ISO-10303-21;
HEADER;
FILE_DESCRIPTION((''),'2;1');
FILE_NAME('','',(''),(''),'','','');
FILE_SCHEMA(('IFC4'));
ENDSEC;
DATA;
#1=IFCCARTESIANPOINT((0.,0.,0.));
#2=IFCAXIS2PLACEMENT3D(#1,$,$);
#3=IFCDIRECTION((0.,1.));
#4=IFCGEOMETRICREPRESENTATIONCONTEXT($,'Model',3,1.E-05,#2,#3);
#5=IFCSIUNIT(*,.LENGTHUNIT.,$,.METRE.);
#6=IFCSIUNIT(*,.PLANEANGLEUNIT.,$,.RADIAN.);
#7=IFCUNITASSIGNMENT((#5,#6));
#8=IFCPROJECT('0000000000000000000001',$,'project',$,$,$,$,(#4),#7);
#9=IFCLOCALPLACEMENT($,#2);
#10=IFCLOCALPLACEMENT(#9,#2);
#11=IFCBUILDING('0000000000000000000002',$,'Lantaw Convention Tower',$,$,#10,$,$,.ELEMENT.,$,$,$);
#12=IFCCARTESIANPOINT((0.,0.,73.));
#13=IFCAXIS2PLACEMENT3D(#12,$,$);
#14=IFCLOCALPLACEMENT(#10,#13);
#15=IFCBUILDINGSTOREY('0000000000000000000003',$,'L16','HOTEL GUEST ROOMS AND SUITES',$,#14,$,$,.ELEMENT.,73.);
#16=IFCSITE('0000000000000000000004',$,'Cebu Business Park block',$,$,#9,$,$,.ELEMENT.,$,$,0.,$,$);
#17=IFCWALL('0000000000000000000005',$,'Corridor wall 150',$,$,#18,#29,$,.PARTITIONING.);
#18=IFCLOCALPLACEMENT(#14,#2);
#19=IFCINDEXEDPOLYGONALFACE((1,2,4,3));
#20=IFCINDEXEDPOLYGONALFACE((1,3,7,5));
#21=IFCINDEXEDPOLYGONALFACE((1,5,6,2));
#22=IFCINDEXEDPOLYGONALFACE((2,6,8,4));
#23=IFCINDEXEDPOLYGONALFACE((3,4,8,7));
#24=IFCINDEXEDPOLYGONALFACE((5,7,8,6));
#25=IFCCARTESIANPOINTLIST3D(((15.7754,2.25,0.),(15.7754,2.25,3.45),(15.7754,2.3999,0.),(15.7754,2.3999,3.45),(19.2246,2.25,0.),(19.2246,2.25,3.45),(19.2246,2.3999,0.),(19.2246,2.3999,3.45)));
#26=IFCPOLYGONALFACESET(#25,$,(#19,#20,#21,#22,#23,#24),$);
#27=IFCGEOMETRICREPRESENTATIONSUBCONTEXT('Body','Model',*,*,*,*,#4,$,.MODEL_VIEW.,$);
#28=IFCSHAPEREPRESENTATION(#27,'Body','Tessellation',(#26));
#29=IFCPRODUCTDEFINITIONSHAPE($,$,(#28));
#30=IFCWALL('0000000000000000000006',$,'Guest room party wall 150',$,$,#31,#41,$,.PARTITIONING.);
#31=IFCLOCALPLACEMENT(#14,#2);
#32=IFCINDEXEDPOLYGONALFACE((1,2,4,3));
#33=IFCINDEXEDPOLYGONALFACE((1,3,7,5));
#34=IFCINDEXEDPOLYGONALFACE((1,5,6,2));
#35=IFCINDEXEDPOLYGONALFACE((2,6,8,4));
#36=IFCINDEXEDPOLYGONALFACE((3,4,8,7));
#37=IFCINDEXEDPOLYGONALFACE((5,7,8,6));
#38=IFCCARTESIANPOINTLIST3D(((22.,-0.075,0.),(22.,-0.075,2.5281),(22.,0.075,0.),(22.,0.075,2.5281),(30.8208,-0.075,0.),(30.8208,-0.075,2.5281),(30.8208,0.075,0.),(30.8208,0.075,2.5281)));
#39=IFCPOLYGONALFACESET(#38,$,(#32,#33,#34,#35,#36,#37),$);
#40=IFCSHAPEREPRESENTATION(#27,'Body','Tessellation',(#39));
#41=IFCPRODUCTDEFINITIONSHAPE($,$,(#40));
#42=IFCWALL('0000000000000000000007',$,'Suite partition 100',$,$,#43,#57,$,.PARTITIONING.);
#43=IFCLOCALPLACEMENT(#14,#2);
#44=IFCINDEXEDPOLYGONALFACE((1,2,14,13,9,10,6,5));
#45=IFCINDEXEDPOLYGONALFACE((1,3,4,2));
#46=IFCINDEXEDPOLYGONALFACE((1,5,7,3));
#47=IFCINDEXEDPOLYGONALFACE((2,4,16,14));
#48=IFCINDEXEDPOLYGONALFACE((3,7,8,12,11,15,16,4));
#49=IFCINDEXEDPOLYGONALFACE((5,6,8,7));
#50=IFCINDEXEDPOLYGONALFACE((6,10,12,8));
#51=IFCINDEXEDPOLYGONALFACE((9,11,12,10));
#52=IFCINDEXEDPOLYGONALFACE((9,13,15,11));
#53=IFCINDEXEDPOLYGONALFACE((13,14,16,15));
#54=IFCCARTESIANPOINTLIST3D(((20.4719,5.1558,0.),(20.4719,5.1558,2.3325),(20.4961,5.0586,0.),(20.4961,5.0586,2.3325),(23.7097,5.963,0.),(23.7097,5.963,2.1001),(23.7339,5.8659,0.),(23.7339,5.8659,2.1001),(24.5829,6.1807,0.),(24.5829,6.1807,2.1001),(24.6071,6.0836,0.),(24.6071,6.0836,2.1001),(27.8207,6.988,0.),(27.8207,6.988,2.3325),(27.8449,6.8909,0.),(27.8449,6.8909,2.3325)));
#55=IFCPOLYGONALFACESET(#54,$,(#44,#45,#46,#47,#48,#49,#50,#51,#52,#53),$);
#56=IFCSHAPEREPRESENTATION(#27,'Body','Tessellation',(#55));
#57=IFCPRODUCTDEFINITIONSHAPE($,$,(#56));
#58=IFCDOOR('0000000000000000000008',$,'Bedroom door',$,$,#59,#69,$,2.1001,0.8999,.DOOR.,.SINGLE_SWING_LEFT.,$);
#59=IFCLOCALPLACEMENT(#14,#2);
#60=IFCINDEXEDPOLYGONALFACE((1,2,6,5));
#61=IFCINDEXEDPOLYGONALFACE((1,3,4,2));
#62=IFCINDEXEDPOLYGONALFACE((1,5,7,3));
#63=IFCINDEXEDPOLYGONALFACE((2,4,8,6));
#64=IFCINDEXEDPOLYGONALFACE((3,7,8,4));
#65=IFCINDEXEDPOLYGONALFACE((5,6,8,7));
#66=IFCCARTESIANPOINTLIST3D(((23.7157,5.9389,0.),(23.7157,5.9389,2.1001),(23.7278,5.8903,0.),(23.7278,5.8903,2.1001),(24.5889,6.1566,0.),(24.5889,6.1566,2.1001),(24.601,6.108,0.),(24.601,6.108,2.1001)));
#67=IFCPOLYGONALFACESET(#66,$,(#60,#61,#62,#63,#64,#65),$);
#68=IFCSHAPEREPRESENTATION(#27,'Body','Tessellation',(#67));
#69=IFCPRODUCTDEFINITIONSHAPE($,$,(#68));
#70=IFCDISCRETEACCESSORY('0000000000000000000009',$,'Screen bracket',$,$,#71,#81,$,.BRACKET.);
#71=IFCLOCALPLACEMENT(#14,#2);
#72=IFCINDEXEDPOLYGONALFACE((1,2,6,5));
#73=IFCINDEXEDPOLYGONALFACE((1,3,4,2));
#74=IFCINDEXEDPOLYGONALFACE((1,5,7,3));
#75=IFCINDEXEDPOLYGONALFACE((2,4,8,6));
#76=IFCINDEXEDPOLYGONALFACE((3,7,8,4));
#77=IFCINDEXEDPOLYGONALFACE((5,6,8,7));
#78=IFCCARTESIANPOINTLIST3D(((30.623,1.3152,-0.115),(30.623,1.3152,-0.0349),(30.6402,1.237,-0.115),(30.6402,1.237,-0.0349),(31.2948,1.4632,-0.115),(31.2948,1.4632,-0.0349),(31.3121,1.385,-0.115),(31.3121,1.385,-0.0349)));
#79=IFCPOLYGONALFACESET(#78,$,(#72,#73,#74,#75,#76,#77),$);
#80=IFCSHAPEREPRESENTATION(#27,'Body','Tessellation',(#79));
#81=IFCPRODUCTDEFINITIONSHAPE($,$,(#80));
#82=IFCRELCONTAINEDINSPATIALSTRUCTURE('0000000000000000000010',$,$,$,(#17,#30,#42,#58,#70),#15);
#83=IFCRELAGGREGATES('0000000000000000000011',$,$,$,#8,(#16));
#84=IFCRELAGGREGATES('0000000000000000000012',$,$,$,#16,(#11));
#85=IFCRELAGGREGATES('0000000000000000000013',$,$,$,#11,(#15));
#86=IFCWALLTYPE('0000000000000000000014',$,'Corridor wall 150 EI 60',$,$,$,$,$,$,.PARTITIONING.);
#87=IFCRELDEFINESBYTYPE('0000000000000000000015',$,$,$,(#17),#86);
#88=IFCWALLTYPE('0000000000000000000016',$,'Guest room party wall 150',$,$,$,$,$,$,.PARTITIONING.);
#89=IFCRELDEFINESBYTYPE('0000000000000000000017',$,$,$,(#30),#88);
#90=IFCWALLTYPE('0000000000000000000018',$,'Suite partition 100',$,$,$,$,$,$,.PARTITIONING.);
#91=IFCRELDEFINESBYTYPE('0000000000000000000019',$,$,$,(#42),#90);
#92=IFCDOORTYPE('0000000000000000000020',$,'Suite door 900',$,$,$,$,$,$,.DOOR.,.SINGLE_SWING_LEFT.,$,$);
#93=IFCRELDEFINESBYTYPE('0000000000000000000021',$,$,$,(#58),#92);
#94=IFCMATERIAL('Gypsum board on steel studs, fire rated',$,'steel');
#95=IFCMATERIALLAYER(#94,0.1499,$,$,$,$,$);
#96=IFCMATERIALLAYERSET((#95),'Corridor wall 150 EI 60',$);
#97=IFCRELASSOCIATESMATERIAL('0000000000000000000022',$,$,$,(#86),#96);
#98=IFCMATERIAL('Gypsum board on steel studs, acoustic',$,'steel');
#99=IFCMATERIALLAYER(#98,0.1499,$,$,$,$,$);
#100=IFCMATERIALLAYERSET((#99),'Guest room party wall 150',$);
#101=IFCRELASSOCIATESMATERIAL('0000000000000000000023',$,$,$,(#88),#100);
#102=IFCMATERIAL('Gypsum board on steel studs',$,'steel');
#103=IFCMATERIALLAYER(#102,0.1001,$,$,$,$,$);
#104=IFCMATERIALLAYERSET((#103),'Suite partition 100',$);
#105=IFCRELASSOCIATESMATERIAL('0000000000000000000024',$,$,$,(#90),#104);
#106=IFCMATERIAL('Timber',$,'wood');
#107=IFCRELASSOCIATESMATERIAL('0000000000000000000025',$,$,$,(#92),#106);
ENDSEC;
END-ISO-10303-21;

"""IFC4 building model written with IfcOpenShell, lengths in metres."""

from ifc_helpers import new_model, si_unit, direction, frame, frame_2d, origin, origin_2d, place, context, subcontext, project, spatial, rectangle, extrude, material, layer, layer_set, type_object, element, fill, save


model = new_model("IFC4")

# Units and contexts
model_context = context("Model", 3, precision=1e-05, world=origin(), true_north=direction((0.0, 1.0)))
body_context = subcontext(model_context, "Body", "Model", "MODEL_VIEW")
ifc_project = project(units=[si_unit("LENGTHUNIT", "METRE"), si_unit("PLANEANGLEUNIT", "RADIAN")], contexts=[model_context])

# Site, building, storey
site_placement = place(None, origin())
site = spatial("IfcSite", under=ifc_project, at=site_placement, Name="Cebu Business Park block", CompositionType="ELEMENT", RefElevation=0.0)
building_placement = place(site_placement, origin())
building = spatial("IfcBuilding", under=site, at=building_placement, Name="Lantaw Convention Tower", CompositionType="ELEMENT")
storey_placement = place(building_placement, frame((0.0, 0.0, 73.0)))
storey = spatial("IfcBuildingStorey", under=building, at=storey_placement, Name="L16", Description="HOTEL GUEST ROOMS AND SUITES", CompositionType="ELEMENT", Elevation=73.0)

# Shared definitions
ifc_material_1 = material(Name="Timber", Category="wood")

# Shared definitions
ifc_material_2 = material(Name="Gypsum board on steel studs, fire rated", Category="steel")
ifc_layer_1 = layer(ifc_material_2, 0.1499)
ifc_layer_set_1 = layer_set([ifc_layer_1], Name="Corridor wall 150 EI 60")
wall_type_1 = type_object("IfcWallType", Name="Corridor wall 150 EI 60", PredefinedType="PARTITIONING", material=ifc_layer_set_1)

# Walls
wall_1_placement = place(storey_placement, frame((15.7754, 2.325, 0.0), z_axis=(0.0, 0.0, 1.0), x_axis=(1.0, 0.0, 0.0)))
element("IfcWall", 1, at=wall_1_placement, inside=storey, type_object=wall_type_1, Name="Corridor wall 150", PredefinedType="PARTITIONING", context=body_context, shape_type="SweptSolid", body=[
    extrude(rectangle(XDim=3.4492, YDim=0.1499, at=frame_2d((1.7246, 0.0))), origin(), (0.0, 0.0, 1.0), 3.45),
])
ifc_material_3 = material(Name="Gypsum board on steel studs, acoustic", Category="steel")
ifc_layer_2 = layer(ifc_material_3, 0.1499)
ifc_layer_set_2 = layer_set([ifc_layer_2], Name="Guest room party wall 150")
wall_type_2 = type_object("IfcWallType", Name="Guest room party wall 150", PredefinedType="PARTITIONING", material=ifc_layer_set_2)
wall_2_placement = place(storey_placement, frame((30.8208, 0.0, 0.0), z_axis=(0.0, 0.0, 1.0), x_axis=(-1.0, 0.0, 0.0)))
element("IfcWall", 2, at=wall_2_placement, inside=storey, type_object=wall_type_2, Name="Guest room party wall 150", PredefinedType="PARTITIONING", context=body_context, shape_type="SweptSolid", body=[
    extrude(rectangle(XDim=8.8208, YDim=0.1499, at=frame_2d((4.4104, 0.0))), origin(), (0.0, 0.0, 1.0), 2.5281),
])

# Wall, opening, door
ifc_material_4 = material(Name="Gypsum board on steel studs", Category="steel")
ifc_layer_3 = layer(ifc_material_4, 0.1001)
ifc_layer_set_3 = layer_set([ifc_layer_3], Name="Suite partition 100")
wall_type_3 = type_object("IfcWallType", Name="Suite partition 100", PredefinedType="PARTITIONING", material=ifc_layer_set_3)
wall_3_placement = place(storey_placement, frame((27.8328, 6.9395, 0.0), z_axis=(0.0, 0.0, 1.0), x_axis=(-0.970296, -0.241921, 0.0)))
wall_3 = element("IfcWall", 3, at=wall_3_placement, inside=storey, type_object=wall_type_3, Name="Suite partition 100", PredefinedType="PARTITIONING", context=body_context, shape_type="SweptSolid", body=[
    extrude(rectangle(XDim=7.5737, YDim=0.1001, at=frame_2d((3.7869, 0.0))), origin(), (0.0, 0.0, 1.0), 2.3325),
])
opening_1_placement = place(wall_3_placement, frame((3.3369, 0.0, 0.0)))
opening_1 = element("IfcOpeningElement", 4, at=opening_1_placement, cuts=wall_3, PredefinedType="OPENING", context=body_context, shape_type="SweptSolid", body=[
    extrude(rectangle(XDim=0.8999, YDim=2.1001, at=frame_2d((0.45, 1.05))), frame((0.0, 0.0601, 0.0), z_axis=(0.0, -1.0, 0.0), x_axis=(1.0, 0.0, 0.0)), (0.0, 0.0, 1.0), 0.1201),
])
door_type_1 = type_object("IfcDoorType", Name="Suite door 900", OperationType="SINGLE_SWING_LEFT", PredefinedType="DOOR", material=ifc_material_1)
door_1_placement = place(opening_1_placement, origin())
door_1 = element("IfcDoor", 5, at=door_1_placement, inside=storey, type_object=door_type_1, Name="Bedroom door", OperationType="SINGLE_SWING_LEFT", OverallHeight=2.1001, OverallWidth=0.8999, PredefinedType="DOOR", context=body_context, shape_type="SweptSolid", body=[
    extrude(rectangle(XDim=0.8999, YDim=2.1001, at=frame_2d((0.45, 1.05))), frame((0.0, 0.0249, 0.0), z_axis=(0.0, -1.0, 0.0), x_axis=(1.0, 0.0, 0.0)), (0.0, 0.0, 1.0), 0.05),
])
fill(opening_1, door_1)

# Discrete accessory
discrete_accessory_placement = place(storey_placement, frame((30.9675, 1.3501, -0.115), z_axis=(0.0, 0.0, 1.0), x_axis=(-0.215246, 0.97656, 0.0)))
element("IfcDiscreteAccessory", 6, at=discrete_accessory_placement, inside=storey, Name="Screen bracket", PredefinedType="BRACKET", context=body_context, shape_type="SweptSolid", body=[
    extrude(rectangle(XDim=0.0801, YDim=0.688, at=origin_2d()), origin(), (0.0, 0.0, 1.0), 0.0801),
])

save(model, "model.ifc")
